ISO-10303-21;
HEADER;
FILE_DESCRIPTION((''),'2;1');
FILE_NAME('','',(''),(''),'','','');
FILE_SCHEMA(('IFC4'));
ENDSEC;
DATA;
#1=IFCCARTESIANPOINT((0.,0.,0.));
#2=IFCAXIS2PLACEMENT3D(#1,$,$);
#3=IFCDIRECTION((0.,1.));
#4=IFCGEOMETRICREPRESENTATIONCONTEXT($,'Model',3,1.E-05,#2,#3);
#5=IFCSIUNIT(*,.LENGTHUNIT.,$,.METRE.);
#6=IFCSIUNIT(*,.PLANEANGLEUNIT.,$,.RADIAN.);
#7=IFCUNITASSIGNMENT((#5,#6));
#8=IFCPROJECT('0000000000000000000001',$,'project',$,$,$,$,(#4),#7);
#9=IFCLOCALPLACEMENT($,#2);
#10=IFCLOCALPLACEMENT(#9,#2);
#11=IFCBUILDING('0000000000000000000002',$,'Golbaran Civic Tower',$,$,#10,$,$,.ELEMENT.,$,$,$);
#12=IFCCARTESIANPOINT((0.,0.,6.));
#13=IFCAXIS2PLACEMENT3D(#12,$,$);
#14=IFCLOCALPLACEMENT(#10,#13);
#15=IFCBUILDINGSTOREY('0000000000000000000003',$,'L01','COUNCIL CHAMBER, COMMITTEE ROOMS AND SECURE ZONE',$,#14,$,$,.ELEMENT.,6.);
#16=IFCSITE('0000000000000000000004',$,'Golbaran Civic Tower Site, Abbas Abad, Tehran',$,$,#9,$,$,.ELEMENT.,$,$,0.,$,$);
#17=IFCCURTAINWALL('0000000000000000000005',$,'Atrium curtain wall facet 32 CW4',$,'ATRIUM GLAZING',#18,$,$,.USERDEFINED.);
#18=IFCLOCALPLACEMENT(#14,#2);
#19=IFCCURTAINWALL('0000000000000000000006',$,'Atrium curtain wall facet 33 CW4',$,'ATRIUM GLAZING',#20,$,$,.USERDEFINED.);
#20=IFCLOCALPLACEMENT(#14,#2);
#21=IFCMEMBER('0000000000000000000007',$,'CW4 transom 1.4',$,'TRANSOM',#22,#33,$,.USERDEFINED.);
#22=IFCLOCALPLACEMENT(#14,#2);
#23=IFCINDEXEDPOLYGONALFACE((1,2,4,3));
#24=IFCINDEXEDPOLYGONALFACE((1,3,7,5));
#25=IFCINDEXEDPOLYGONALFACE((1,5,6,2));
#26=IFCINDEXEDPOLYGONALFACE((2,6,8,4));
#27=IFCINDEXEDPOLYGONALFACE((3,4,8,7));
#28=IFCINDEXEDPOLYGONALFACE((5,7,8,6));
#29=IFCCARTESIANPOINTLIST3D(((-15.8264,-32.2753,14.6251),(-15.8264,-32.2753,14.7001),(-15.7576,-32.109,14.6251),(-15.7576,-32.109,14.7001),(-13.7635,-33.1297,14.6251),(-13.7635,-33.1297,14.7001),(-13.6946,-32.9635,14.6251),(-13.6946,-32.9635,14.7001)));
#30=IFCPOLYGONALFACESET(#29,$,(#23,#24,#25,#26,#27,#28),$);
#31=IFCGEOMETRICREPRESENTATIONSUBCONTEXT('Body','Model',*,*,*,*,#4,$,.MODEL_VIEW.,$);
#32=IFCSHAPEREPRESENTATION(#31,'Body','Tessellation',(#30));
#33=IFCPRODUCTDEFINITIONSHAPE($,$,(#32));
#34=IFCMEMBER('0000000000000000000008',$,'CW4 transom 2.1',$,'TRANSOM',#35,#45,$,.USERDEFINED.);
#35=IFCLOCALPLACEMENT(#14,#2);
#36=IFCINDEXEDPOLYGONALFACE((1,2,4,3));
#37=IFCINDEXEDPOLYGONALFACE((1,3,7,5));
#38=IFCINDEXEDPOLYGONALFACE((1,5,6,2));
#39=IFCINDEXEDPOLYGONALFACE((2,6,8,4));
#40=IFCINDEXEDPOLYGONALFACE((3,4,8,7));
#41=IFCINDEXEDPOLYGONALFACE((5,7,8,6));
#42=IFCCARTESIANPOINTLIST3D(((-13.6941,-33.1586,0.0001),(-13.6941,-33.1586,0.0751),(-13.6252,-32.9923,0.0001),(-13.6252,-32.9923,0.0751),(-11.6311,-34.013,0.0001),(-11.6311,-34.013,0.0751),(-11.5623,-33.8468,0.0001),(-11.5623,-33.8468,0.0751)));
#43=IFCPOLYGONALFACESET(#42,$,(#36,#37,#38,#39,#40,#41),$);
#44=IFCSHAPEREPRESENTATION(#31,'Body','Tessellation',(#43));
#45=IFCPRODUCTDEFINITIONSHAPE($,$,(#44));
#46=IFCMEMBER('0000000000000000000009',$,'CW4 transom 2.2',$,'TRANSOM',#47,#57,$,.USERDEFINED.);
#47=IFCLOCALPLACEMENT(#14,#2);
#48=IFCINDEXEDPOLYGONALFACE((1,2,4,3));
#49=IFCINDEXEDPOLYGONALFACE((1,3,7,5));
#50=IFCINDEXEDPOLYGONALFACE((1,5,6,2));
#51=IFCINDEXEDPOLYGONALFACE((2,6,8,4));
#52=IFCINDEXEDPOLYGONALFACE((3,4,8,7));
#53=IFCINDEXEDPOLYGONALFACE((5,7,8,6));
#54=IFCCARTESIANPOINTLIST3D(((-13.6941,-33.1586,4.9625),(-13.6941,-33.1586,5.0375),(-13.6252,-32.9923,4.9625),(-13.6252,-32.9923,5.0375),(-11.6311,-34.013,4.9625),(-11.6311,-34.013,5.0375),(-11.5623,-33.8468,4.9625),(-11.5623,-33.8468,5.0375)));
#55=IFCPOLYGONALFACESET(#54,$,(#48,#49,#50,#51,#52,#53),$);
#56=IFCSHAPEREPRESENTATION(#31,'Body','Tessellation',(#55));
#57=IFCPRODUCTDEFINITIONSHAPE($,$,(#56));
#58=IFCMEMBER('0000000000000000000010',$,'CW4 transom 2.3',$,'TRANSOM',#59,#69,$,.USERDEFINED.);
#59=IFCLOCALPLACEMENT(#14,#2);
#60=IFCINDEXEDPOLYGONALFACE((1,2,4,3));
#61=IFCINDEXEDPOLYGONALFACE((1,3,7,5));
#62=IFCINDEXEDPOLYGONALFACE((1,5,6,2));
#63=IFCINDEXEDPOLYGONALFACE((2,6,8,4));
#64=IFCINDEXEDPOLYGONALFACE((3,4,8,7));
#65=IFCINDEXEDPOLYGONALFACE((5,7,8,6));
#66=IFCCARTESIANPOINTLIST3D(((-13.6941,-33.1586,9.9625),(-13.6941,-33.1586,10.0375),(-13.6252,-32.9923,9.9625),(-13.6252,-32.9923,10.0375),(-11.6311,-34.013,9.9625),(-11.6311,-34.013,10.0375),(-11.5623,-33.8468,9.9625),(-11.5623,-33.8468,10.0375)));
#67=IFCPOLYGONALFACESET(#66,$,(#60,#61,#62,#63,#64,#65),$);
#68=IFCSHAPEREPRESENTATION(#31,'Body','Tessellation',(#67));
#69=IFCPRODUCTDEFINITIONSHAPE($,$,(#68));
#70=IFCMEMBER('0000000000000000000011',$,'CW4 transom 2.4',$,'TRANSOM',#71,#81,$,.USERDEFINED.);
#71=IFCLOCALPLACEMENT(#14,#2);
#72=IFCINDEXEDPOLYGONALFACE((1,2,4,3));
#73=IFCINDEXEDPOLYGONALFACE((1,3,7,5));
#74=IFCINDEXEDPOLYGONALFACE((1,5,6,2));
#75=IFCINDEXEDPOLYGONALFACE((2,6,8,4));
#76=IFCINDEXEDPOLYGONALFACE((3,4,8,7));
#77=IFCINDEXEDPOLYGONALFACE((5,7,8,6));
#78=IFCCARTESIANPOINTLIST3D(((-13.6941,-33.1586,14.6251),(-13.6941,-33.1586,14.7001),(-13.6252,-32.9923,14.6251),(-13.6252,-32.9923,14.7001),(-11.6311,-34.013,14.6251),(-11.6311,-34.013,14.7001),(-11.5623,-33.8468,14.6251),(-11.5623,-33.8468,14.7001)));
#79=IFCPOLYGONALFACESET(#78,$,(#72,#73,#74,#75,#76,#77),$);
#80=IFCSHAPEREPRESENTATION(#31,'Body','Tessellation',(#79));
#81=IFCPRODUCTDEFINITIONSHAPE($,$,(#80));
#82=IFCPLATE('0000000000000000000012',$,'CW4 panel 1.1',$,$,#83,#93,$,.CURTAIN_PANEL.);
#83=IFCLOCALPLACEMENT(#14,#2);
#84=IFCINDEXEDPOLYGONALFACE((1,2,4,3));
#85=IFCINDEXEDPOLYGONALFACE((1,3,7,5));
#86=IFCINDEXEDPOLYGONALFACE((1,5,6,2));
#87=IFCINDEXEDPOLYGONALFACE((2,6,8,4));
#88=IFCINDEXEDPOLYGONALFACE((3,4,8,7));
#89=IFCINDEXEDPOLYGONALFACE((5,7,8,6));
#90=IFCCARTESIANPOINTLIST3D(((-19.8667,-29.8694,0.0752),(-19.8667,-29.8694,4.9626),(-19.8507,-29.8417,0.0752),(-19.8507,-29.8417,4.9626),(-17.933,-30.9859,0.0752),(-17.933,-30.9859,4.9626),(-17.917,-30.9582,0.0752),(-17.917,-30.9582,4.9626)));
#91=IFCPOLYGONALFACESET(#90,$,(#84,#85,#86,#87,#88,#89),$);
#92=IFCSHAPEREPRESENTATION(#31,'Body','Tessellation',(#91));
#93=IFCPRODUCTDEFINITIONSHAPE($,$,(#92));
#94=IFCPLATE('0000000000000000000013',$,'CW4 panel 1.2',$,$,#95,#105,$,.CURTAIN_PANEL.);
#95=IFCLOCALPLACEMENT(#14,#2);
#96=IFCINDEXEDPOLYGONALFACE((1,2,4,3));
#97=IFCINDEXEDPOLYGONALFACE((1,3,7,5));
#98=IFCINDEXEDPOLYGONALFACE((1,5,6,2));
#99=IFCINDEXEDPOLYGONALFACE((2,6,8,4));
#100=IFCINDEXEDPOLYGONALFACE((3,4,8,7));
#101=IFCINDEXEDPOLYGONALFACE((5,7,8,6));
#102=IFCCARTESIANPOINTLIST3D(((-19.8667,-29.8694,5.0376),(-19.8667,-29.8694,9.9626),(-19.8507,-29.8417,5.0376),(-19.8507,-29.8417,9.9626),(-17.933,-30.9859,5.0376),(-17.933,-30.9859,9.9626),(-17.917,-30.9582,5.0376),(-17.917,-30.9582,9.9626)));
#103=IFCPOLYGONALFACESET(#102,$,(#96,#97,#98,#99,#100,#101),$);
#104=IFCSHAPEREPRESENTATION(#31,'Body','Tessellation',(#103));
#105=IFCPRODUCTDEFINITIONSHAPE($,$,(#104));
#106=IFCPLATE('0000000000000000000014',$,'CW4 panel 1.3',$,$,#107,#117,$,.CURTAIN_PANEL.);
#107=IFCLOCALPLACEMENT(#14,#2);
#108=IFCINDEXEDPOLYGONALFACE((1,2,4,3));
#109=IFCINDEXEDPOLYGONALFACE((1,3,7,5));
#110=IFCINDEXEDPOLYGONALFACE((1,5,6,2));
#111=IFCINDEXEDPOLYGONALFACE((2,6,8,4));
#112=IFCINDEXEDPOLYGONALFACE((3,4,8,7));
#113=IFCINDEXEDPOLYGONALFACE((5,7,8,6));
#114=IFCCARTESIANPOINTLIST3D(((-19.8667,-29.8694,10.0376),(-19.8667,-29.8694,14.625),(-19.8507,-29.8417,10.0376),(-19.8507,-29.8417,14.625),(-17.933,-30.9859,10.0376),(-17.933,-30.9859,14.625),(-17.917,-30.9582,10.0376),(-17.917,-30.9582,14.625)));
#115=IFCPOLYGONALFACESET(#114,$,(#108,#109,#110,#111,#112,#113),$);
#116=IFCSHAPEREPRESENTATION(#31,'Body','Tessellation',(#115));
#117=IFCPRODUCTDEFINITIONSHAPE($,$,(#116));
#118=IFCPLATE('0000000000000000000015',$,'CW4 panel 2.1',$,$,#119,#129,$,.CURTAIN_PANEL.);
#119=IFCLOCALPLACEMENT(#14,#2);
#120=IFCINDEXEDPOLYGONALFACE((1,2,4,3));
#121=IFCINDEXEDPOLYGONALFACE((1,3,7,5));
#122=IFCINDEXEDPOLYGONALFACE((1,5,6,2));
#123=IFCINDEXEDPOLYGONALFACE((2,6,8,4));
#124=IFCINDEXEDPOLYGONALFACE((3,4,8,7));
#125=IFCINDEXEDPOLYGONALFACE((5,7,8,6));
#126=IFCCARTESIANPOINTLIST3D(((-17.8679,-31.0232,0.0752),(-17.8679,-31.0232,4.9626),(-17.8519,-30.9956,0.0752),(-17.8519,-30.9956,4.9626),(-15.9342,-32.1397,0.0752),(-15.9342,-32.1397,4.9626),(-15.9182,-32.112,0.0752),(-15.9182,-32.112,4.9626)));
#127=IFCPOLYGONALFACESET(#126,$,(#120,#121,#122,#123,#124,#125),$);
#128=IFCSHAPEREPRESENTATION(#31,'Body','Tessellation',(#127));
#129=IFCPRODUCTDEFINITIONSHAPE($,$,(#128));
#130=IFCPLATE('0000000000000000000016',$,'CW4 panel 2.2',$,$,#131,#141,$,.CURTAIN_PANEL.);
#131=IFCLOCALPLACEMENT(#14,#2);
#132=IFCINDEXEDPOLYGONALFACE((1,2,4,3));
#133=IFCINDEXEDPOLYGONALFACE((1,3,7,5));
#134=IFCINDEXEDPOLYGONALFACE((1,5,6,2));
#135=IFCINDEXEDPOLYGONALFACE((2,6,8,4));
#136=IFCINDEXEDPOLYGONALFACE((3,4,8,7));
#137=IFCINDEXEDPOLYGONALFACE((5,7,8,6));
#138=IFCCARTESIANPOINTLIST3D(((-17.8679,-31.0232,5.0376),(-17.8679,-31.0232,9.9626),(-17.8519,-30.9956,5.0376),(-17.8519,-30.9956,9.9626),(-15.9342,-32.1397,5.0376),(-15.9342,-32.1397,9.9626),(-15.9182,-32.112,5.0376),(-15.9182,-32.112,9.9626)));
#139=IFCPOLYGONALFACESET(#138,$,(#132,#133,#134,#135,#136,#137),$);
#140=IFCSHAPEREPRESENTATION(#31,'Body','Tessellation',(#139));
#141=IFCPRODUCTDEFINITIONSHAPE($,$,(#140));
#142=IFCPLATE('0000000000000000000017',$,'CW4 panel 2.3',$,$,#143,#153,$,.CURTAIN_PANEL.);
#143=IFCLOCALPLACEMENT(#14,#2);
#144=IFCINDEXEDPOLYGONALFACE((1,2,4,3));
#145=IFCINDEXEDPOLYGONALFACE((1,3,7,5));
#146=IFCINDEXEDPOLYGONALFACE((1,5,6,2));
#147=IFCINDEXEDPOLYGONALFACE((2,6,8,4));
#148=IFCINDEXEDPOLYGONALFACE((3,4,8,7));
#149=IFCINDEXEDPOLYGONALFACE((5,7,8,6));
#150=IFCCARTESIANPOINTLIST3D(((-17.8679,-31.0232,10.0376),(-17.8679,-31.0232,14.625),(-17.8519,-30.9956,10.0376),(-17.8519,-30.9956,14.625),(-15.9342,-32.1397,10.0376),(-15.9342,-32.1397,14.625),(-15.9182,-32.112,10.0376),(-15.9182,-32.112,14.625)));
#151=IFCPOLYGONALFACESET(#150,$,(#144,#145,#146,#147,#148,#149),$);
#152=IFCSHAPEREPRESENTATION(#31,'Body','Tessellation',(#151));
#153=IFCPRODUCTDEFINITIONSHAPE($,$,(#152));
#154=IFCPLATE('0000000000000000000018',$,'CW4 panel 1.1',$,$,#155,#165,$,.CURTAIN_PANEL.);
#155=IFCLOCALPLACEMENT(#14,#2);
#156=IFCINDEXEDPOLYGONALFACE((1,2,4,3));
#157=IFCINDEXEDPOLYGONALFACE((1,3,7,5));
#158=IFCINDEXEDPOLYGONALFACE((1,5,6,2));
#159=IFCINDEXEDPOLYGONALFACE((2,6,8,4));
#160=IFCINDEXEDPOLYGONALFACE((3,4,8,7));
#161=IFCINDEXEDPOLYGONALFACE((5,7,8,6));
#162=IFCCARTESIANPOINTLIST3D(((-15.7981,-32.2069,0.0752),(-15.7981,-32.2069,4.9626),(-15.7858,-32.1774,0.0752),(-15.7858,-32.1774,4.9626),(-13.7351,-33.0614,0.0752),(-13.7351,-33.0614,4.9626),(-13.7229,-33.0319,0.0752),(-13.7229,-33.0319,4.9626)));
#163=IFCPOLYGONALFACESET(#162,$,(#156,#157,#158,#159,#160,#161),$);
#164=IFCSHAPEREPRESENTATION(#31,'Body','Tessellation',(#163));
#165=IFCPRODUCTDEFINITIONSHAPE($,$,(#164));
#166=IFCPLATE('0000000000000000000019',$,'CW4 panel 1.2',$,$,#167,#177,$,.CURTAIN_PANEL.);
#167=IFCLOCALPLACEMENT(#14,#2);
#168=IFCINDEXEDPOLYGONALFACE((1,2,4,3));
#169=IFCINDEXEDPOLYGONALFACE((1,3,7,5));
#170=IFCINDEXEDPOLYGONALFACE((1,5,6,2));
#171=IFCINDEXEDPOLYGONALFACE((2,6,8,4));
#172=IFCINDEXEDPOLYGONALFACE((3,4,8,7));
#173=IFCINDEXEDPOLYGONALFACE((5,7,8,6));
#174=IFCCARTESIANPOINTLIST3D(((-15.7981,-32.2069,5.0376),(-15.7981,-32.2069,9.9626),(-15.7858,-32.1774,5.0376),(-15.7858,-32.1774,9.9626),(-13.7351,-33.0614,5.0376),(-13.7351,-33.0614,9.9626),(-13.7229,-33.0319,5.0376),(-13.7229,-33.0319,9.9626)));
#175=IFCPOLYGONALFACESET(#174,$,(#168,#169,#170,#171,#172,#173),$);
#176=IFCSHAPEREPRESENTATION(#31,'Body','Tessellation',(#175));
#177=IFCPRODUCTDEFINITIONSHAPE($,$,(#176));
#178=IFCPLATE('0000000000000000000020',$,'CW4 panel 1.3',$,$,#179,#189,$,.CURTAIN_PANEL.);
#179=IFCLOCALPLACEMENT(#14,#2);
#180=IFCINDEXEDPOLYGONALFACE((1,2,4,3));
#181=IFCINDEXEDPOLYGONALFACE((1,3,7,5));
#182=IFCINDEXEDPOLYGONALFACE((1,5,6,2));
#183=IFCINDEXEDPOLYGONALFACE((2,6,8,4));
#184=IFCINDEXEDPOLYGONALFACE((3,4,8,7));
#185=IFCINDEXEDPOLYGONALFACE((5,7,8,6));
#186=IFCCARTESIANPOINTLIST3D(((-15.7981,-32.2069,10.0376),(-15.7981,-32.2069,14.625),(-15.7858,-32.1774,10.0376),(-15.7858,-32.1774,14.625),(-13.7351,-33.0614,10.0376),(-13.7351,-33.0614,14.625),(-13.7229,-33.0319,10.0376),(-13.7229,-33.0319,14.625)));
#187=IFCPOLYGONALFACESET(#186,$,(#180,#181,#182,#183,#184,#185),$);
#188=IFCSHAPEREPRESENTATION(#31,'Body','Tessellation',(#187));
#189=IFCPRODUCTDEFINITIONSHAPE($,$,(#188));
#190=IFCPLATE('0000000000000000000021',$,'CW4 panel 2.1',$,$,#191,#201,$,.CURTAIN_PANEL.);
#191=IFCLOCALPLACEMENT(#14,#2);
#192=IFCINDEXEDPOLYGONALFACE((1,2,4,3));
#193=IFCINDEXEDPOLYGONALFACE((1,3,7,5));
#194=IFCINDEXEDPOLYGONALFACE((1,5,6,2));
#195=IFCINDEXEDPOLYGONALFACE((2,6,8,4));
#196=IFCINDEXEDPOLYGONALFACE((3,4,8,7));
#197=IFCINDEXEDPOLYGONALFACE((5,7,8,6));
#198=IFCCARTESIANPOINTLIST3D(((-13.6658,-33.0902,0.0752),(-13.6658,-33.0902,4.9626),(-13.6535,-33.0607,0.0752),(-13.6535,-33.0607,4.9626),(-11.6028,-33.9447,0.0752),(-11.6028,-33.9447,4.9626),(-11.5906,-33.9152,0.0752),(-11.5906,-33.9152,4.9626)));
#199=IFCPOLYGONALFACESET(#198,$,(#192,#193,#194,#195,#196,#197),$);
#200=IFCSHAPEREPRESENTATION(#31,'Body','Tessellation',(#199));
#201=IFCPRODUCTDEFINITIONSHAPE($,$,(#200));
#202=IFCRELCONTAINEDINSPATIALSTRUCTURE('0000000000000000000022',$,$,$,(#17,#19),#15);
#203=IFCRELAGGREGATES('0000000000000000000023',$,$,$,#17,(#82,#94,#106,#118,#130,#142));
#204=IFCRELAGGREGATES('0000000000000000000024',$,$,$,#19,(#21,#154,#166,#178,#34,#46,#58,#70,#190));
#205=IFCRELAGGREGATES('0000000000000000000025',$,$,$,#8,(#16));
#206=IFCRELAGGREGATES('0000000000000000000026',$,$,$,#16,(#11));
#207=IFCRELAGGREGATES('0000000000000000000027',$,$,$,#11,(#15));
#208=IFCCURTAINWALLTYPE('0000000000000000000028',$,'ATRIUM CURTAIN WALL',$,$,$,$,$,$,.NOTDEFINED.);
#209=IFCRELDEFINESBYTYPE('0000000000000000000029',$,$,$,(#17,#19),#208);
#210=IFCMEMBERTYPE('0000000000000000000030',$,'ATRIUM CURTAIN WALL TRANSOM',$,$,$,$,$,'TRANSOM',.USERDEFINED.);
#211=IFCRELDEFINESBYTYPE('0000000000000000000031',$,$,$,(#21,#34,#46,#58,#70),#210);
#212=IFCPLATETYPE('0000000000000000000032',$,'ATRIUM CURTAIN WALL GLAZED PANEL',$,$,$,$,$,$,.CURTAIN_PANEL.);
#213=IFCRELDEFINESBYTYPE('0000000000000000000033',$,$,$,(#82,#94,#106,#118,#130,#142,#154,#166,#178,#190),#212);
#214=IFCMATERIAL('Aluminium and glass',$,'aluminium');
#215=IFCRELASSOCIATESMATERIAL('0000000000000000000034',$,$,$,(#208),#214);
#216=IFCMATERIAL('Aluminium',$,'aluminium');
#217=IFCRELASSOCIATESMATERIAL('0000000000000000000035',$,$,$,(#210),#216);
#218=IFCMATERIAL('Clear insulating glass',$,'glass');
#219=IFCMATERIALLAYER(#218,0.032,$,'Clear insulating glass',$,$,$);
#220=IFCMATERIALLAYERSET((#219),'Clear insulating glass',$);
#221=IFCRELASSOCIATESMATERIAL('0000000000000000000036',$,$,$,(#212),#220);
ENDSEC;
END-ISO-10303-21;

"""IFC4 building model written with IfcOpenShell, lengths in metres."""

from ifc_helpers import new_model, si_unit, direction, frame, origin, origin_2d, place, context, subcontext, project, spatial, rectangle, extrude, material, layer, layer_set, material_profile, profile_set, type_object, element, aggregate, save


model = new_model("IFC4")

# Units and contexts
model_context = context("Model", 3, precision=1e-05, world=origin(), true_north=direction((0.0, 1.0)))
body_context = subcontext(model_context, "Body", "Model", "MODEL_VIEW")
ifc_project = project(units=[si_unit("LENGTHUNIT", "METRE"), si_unit("PLANEANGLEUNIT", "RADIAN")], contexts=[model_context])

# Site, building, storey
site_placement = place(None, origin())
site = spatial("IfcSite", under=ifc_project, at=site_placement, Name="Golbaran Civic Tower Site, Abbas Abad, Tehran", CompositionType="ELEMENT", RefElevation=0.0)
building_placement = place(site_placement, origin())
building = spatial("IfcBuilding", under=site, at=building_placement, Name="Golbaran Civic Tower", CompositionType="ELEMENT")
storey_placement = place(building_placement, frame((0.0, 0.0, 6.0)))
storey = spatial("IfcBuildingStorey", under=building, at=storey_placement, Name="L01", Description="COUNCIL CHAMBER, COMMITTEE ROOMS AND SECURE ZONE", CompositionType="ELEMENT", Elevation=6.0)

# Curtain walls
ifc_material_1 = material(Name="Aluminium and glass", Category="aluminium")
curtain_wall_type = type_object("IfcCurtainWallType", Name="ATRIUM CURTAIN WALL", PredefinedType="NOTDEFINED", material=ifc_material_1)
curtain_wall_1_placement = place(storey_placement, origin())
curtain_wall_1 = element("IfcCurtainWall", 1, at=curtain_wall_1_placement, inside=storey, type_object=curtain_wall_type, Name="Atrium curtain wall facet 32 CW4", ObjectType="ATRIUM GLAZING", PredefinedType="USERDEFINED")
ifc_material_2 = material(Name="Aluminium", Category="aluminium")
curtain_wall_2_placement = place(storey_placement, origin())
curtain_wall_2 = element("IfcCurtainWall", 2, at=curtain_wall_2_placement, inside=storey, type_object=curtain_wall_type, Name="Atrium curtain wall facet 33 CW4", ObjectType="ATRIUM GLAZING", PredefinedType="USERDEFINED")

# Members
ifc_material_profile_1 = material_profile(ifc_material_2, rectangle(XDim=0.1799, YDim=0.075, at=origin_2d()), Name="ATRIUM CURTAIN WALL TRANSOM")
ifc_profile_set_1 = profile_set([ifc_material_profile_1], Name="Aluminium")
member_type_1 = type_object("IfcMemberType", Name="ATRIUM CURTAIN WALL TRANSOM", ElementType="TRANSOM", PredefinedType="USERDEFINED", material=ifc_profile_set_1)
member_1_placement = place(storey_placement, frame((-15.792, -32.1921, 14.6626), z_axis=(0.923884, -0.382674, 0.0), x_axis=(0.382674, 0.923884, 0.0)))
member_1 = element("IfcMember", 3, at=member_1_placement, type_object=member_type_1, Name="CW4 transom 1.4", ObjectType="TRANSOM", PredefinedType="USERDEFINED", context=body_context, shape_type="SweptSolid", body=[
    extrude(rectangle(XDim=0.1799, YDim=0.075, at=origin_2d()), origin(), (0.0, 0.0, 1.0), 2.2329),
])
member_2_placement = place(storey_placement, frame((-13.6597, -33.0754, 0.0376), z_axis=(0.923884, -0.382674, 0.0), x_axis=(0.382674, 0.923884, 0.0)))
member_2 = element("IfcMember", 4, at=member_2_placement, type_object=member_type_1, Name="CW4 transom 2.1", ObjectType="TRANSOM", PredefinedType="USERDEFINED", context=body_context, shape_type="SweptSolid", body=[
    extrude(rectangle(XDim=0.1799, YDim=0.075, at=origin_2d()), origin(), (0.0, 0.0, 1.0), 2.2329),
])
member_3_placement = place(storey_placement, frame((-13.6597, -33.0754, 5.0), z_axis=(0.923884, -0.382674, 0.0), x_axis=(0.382674, 0.923884, 0.0)))
member_3 = element("IfcMember", 5, at=member_3_placement, type_object=member_type_1, Name="CW4 transom 2.2", ObjectType="TRANSOM", PredefinedType="USERDEFINED", context=body_context, shape_type="SweptSolid", body=[
    extrude(rectangle(XDim=0.1799, YDim=0.075, at=origin_2d()), origin(), (0.0, 0.0, 1.0), 2.2329),
])
member_4_placement = place(storey_placement, frame((-13.6597, -33.0754, 10.0), z_axis=(0.923884, -0.382674, 0.0), x_axis=(0.382674, 0.923884, 0.0)))
member_4 = element("IfcMember", 6, at=member_4_placement, type_object=member_type_1, Name="CW4 transom 2.3", ObjectType="TRANSOM", PredefinedType="USERDEFINED", context=body_context, shape_type="SweptSolid", body=[
    extrude(rectangle(XDim=0.1799, YDim=0.075, at=origin_2d()), origin(), (0.0, 0.0, 1.0), 2.2329),
])
member_5_placement = place(storey_placement, frame((-13.6597, -33.0754, 14.6626), z_axis=(0.923884, -0.382674, 0.0), x_axis=(0.382674, 0.923884, 0.0)))
member_5 = element("IfcMember", 7, at=member_5_placement, type_object=member_type_1, Name="CW4 transom 2.4", ObjectType="TRANSOM", PredefinedType="USERDEFINED", context=body_context, shape_type="SweptSolid", body=[
    extrude(rectangle(XDim=0.1799, YDim=0.075, at=origin_2d()), origin(), (0.0, 0.0, 1.0), 2.2329),
])

# Plates
ifc_material_3 = material(Name="Clear insulating glass", Category="glass")
ifc_layer = layer(ifc_material_3, 0.032, Name="Clear insulating glass")
ifc_layer_set = layer_set([ifc_layer], Name="Clear insulating glass")
plate_type = type_object("IfcPlateType", Name="ATRIUM CURTAIN WALL GLAZED PANEL", PredefinedType="CURTAIN_PANEL", material=ifc_layer_set)
plate_1_placement = place(storey_placement, frame((-18.8918, -30.4138, 0.0752), z_axis=(0.0, 0.0, 1.0), x_axis=(0.866025, -0.5, 0.0)))
plate_1 = element("IfcPlate", 8, at=plate_1_placement, type_object=plate_type, Name="CW4 panel 1.1", PredefinedType="CURTAIN_PANEL", context=body_context, shape_type="SweptSolid", body=[
    extrude(rectangle(XDim=2.2329, YDim=0.032, at=origin_2d()), origin(), (0.0, 0.0, 1.0), 4.8875),
])
plate_2_placement = place(storey_placement, frame((-18.8918, -30.4138, 5.0376), z_axis=(0.0, 0.0, 1.0), x_axis=(0.866025, -0.5, 0.0)))
plate_2 = element("IfcPlate", 9, at=plate_2_placement, type_object=plate_type, Name="CW4 panel 1.2", PredefinedType="CURTAIN_PANEL", context=body_context, shape_type="SweptSolid", body=[
    extrude(rectangle(XDim=2.2329, YDim=0.032, at=origin_2d()), origin(), (0.0, 0.0, 1.0), 4.925),
])
plate_3_placement = place(storey_placement, frame((-18.8918, -30.4138, 10.0376), z_axis=(0.0, 0.0, 1.0), x_axis=(0.866025, -0.5, 0.0)))
plate_3 = element("IfcPlate", 10, at=plate_3_placement, type_object=plate_type, Name="CW4 panel 1.3", PredefinedType="CURTAIN_PANEL", context=body_context, shape_type="SweptSolid", body=[
    extrude(rectangle(XDim=2.2329, YDim=0.032, at=origin_2d()), origin(), (0.0, 0.0, 1.0), 4.5874),
])
plate_4_placement = place(storey_placement, frame((-16.8931, -31.5676, 0.0752), z_axis=(0.0, 0.0, 1.0), x_axis=(0.866025, -0.5, 0.0)))
plate_4 = element("IfcPlate", 11, at=plate_4_placement, type_object=plate_type, Name="CW4 panel 2.1", PredefinedType="CURTAIN_PANEL", context=body_context, shape_type="SweptSolid", body=[
    extrude(rectangle(XDim=2.2329, YDim=0.032, at=origin_2d()), origin(), (0.0, 0.0, 1.0), 4.8875),
])
plate_5_placement = place(storey_placement, frame((-16.8931, -31.5676, 5.0376), z_axis=(0.0, 0.0, 1.0), x_axis=(0.866025, -0.5, 0.0)))
plate_5 = element("IfcPlate", 12, at=plate_5_placement, type_object=plate_type, Name="CW4 panel 2.2", PredefinedType="CURTAIN_PANEL", context=body_context, shape_type="SweptSolid", body=[
    extrude(rectangle(XDim=2.2329, YDim=0.032, at=origin_2d()), origin(), (0.0, 0.0, 1.0), 4.925),
])
plate_6_placement = place(storey_placement, frame((-16.8931, -31.5676, 10.0376), z_axis=(0.0, 0.0, 1.0), x_axis=(0.866025, -0.5, 0.0)))
plate_6 = element("IfcPlate", 13, at=plate_6_placement, type_object=plate_type, Name="CW4 panel 2.3", PredefinedType="CURTAIN_PANEL", context=body_context, shape_type="SweptSolid", body=[
    extrude(rectangle(XDim=2.2329, YDim=0.032, at=origin_2d()), origin(), (0.0, 0.0, 1.0), 4.5874),
])
aggregate(curtain_wall_1, [plate_1, plate_2, plate_3, plate_4, plate_5, plate_6])
plate_7_placement = place(storey_placement, frame((-14.7605, -32.6194, 0.0752), z_axis=(0.0, 0.0, 1.0), x_axis=(0.92388, -0.382683, 0.0)))
plate_7 = element("IfcPlate", 14, at=plate_7_placement, type_object=plate_type, Name="CW4 panel 1.1", PredefinedType="CURTAIN_PANEL", context=body_context, shape_type="SweptSolid", body=[
    extrude(rectangle(XDim=2.2329, YDim=0.032, at=origin_2d()), origin(), (0.0, 0.0, 1.0), 4.8875),
])
plate_8_placement = place(storey_placement, frame((-14.7605, -32.6194, 5.0376), z_axis=(0.0, 0.0, 1.0), x_axis=(0.92388, -0.382683, 0.0)))
plate_8 = element("IfcPlate", 15, at=plate_8_placement, type_object=plate_type, Name="CW4 panel 1.2", PredefinedType="CURTAIN_PANEL", context=body_context, shape_type="SweptSolid", body=[
    extrude(rectangle(XDim=2.2329, YDim=0.032, at=origin_2d()), origin(), (0.0, 0.0, 1.0), 4.925),
])
plate_9_placement = place(storey_placement, frame((-14.7605, -32.6194, 10.0376), z_axis=(0.0, 0.0, 1.0), x_axis=(0.92388, -0.382683, 0.0)))
plate_9 = element("IfcPlate", 16, at=plate_9_placement, type_object=plate_type, Name="CW4 panel 1.3", PredefinedType="CURTAIN_PANEL", context=body_context, shape_type="SweptSolid", body=[
    extrude(rectangle(XDim=2.2329, YDim=0.032, at=origin_2d()), origin(), (0.0, 0.0, 1.0), 4.5874),
])
plate_10_placement = place(storey_placement, frame((-12.6282, -33.5027, 0.0752), z_axis=(0.0, 0.0, 1.0), x_axis=(0.92388, -0.382683, 0.0)))
plate_10 = element("IfcPlate", 17, at=plate_10_placement, type_object=plate_type, Name="CW4 panel 2.1", PredefinedType="CURTAIN_PANEL", context=body_context, shape_type="SweptSolid", body=[
    extrude(rectangle(XDim=2.2329, YDim=0.032, at=origin_2d()), origin(), (0.0, 0.0, 1.0), 4.8875),
])
aggregate(curtain_wall_2, [member_1, plate_7, plate_8, plate_9, member_2, member_3, member_4, member_5, plate_10])

save(model, "model.ifc")
